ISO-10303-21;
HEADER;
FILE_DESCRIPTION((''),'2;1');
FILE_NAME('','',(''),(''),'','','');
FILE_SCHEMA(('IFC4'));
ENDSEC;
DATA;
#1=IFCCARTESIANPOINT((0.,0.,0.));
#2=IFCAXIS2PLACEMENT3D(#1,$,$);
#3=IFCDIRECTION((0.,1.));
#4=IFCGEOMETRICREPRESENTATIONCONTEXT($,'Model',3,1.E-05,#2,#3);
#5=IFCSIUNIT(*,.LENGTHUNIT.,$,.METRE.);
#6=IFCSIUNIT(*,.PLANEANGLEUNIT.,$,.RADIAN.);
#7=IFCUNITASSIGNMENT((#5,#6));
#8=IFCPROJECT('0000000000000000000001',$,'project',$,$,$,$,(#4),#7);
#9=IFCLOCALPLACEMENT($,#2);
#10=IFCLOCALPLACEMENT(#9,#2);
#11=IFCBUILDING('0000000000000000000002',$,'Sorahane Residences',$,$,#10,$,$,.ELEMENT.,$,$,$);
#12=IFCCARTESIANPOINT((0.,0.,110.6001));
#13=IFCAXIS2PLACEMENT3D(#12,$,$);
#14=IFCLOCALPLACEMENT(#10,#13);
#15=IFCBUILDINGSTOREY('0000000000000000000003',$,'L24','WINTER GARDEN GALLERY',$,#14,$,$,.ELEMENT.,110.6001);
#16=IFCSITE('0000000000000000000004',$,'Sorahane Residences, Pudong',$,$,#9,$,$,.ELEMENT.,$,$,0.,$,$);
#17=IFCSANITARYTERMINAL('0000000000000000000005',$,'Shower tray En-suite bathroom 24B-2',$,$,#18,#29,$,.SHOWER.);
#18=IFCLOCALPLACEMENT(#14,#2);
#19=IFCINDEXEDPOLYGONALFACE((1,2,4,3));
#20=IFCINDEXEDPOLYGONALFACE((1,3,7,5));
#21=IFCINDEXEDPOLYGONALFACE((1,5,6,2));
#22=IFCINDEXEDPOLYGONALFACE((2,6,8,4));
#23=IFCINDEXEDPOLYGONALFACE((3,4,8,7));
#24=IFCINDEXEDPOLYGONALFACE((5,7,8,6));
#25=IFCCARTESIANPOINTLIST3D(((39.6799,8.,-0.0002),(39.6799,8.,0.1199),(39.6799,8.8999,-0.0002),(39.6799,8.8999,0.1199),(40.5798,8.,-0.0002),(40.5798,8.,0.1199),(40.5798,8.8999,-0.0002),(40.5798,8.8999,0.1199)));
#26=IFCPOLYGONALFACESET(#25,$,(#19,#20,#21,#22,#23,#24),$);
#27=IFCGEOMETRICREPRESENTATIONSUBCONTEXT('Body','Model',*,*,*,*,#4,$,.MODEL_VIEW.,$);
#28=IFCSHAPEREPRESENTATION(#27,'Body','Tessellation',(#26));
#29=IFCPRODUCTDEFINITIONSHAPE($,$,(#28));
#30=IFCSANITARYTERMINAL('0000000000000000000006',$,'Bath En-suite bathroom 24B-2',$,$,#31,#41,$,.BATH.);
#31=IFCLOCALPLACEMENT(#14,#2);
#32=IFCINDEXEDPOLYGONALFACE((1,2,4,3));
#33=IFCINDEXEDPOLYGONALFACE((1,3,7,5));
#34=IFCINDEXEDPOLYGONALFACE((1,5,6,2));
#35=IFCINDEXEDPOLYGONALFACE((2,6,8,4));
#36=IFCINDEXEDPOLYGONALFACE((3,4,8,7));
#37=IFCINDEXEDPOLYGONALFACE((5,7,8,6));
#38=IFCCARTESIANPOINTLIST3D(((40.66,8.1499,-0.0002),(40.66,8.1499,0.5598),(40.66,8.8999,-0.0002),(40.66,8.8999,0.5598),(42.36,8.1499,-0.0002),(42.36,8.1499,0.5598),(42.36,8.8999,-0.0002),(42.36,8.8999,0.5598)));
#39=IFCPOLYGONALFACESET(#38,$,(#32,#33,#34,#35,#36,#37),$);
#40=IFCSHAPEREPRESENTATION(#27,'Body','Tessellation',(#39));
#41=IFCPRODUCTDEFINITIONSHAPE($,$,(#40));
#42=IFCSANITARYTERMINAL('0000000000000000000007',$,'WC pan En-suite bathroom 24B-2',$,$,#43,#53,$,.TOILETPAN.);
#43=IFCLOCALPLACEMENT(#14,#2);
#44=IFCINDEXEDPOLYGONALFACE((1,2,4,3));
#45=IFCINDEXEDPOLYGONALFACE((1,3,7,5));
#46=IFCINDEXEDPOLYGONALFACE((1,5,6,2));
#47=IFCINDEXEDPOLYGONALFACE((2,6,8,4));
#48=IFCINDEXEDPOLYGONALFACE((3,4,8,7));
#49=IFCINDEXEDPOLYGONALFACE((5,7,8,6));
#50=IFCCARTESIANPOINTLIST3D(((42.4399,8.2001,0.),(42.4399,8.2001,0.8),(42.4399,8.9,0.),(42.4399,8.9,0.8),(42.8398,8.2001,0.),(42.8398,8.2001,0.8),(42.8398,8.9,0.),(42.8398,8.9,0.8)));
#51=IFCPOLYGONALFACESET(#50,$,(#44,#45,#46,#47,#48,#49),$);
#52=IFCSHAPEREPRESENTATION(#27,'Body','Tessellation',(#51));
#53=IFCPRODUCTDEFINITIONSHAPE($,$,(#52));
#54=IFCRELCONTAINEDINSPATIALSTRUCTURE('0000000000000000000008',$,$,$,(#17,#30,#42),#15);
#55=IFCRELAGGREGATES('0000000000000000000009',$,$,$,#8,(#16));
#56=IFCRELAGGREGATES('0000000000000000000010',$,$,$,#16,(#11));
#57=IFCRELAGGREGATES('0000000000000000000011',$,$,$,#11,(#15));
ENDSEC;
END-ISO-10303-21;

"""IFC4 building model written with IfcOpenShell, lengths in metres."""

from ifc_helpers import new_model, si_unit, direction, frame, origin, origin_2d, place, context, subcontext, project, spatial, rectangle, extrude, element, save


model = new_model("IFC4")

# Units and contexts
model_context = context("Model", 3, precision=1e-05, world=origin(), true_north=direction((0.0, 1.0)))
body_context = subcontext(model_context, "Body", "Model", "MODEL_VIEW")
ifc_project = project(units=[si_unit("LENGTHUNIT", "METRE"), si_unit("PLANEANGLEUNIT", "RADIAN")], contexts=[model_context])

# Site, building, storey
site_placement = place(None, origin())
site = spatial("IfcSite", under=ifc_project, at=site_placement, Name="Sorahane Residences, Pudong", CompositionType="ELEMENT", RefElevation=0.0)
building_placement = place(site_placement, origin())
building = spatial("IfcBuilding", under=site, at=building_placement, Name="Sorahane Residences", CompositionType="ELEMENT")
storey_placement = place(building_placement, frame((0.0, 0.0, 110.6001)))
storey = spatial("IfcBuildingStorey", under=building, at=storey_placement, Name="L24", Description="WINTER GARDEN GALLERY", CompositionType="ELEMENT", Elevation=110.6001)

# Sanitary terminals
sanitary_terminal_1_placement = place(storey_placement, frame((40.1299, 8.45, -0.0002), z_axis=(0.0, 0.0, 1.0), x_axis=(1.0, 0.0, 0.0)))
element("IfcSanitaryTerminal", 1, at=sanitary_terminal_1_placement, inside=storey, Name="Shower tray En-suite bathroom 24B-2", PredefinedType="SHOWER", context=body_context, shape_type="SweptSolid", body=[
    extrude(rectangle(XDim=0.8999, YDim=0.8999, at=origin_2d()), origin(), (0.0, 0.0, 1.0), 0.1201),
])
sanitary_terminal_2_placement = place(storey_placement, frame((41.51, 8.5249, -0.0002), z_axis=(0.0, 0.0, 1.0), x_axis=(1.0, 0.0, 0.0)))
element("IfcSanitaryTerminal", 2, at=sanitary_terminal_2_placement, inside=storey, Name="Bath En-suite bathroom 24B-2", PredefinedType="BATH", context=body_context, shape_type="SweptSolid", body=[
    extrude(rectangle(XDim=1.7, YDim=0.75, at=origin_2d()), origin(), (0.0, 0.0, 1.0), 0.5601),
])
sanitary_terminal_3_placement = place(storey_placement, frame((42.6399, 8.55, 0.0), z_axis=(0.0, 0.0, 1.0), x_axis=(1.0, 0.0, 0.0)))
element("IfcSanitaryTerminal", 3, at=sanitary_terminal_3_placement, inside=storey, Name="WC pan En-suite bathroom 24B-2", PredefinedType="TOILETPAN", context=body_context, shape_type="SweptSolid", body=[
    extrude(rectangle(XDim=0.3999, YDim=0.7, at=origin_2d()), origin(), (0.0, 0.0, 1.0), 0.8),
])

save(model, "model.ifc")
